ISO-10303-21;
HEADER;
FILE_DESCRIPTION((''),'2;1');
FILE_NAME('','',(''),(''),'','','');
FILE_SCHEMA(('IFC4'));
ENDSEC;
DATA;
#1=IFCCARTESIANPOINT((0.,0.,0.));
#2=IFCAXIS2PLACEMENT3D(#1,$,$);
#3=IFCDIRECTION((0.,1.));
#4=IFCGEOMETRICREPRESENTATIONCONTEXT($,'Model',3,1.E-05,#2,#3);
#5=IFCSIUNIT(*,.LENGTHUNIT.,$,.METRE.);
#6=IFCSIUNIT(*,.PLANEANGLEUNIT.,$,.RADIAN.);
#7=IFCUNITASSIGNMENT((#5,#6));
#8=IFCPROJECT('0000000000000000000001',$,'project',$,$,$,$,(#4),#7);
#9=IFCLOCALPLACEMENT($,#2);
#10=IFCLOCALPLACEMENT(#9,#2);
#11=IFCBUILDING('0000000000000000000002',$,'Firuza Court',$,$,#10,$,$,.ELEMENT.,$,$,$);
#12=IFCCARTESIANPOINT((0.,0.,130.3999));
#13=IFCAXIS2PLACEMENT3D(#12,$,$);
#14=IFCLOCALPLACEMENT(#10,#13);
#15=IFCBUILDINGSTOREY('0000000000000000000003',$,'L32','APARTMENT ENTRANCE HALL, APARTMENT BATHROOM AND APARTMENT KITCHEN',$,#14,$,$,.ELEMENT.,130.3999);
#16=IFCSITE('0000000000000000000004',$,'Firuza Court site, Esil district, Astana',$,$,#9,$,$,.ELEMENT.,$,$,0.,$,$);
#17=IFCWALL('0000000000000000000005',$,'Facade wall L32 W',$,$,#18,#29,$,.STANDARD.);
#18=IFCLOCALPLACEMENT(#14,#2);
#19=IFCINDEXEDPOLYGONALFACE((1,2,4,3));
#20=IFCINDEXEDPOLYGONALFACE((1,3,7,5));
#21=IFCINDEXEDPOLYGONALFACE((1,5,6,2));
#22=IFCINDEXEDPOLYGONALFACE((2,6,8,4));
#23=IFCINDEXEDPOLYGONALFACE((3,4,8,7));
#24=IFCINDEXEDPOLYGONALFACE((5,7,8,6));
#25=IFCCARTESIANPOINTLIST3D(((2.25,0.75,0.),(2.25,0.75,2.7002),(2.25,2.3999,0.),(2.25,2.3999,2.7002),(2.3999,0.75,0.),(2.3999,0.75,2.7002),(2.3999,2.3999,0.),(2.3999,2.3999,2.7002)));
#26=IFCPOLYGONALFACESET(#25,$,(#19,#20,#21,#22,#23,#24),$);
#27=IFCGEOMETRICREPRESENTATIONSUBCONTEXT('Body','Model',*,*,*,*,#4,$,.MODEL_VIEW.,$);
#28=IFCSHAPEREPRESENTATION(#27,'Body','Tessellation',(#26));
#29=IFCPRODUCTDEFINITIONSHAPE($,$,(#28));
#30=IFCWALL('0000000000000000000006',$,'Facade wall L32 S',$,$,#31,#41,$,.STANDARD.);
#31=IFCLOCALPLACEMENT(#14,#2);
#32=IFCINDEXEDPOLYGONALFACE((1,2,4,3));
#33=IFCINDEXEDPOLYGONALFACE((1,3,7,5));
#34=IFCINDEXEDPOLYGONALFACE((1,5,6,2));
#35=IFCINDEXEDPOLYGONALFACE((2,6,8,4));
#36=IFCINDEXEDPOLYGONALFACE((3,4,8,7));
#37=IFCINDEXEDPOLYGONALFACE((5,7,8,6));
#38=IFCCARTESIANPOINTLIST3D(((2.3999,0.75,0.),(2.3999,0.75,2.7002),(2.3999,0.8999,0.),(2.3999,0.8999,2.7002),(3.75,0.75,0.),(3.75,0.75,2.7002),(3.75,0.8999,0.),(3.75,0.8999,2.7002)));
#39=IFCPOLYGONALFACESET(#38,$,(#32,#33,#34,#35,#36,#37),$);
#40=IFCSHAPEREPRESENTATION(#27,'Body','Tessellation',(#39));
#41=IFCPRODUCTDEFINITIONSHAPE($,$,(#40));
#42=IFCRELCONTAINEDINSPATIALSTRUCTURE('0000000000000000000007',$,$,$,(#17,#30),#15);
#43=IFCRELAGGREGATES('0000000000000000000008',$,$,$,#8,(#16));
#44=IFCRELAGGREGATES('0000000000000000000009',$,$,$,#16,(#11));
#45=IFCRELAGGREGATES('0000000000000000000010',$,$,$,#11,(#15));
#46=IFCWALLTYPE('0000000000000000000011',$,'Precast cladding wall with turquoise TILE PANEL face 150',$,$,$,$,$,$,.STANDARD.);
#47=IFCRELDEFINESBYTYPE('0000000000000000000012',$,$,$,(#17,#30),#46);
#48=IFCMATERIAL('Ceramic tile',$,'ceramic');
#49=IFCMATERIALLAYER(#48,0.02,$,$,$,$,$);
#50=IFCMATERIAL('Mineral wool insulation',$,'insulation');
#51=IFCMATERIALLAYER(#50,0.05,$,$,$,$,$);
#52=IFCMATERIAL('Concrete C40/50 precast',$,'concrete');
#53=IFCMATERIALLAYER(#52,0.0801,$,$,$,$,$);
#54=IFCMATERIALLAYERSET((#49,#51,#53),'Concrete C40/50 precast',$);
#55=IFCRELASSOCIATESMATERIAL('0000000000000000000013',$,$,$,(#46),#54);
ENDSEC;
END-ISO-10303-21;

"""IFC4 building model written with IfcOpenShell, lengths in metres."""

from ifc_helpers import new_model, si_unit, direction, frame, frame_2d, origin, place, context, subcontext, project, spatial, rectangle, extrude, material, layer, layer_set, type_object, element, save


model = new_model("IFC4")

# Units and contexts
model_context = context("Model", 3, precision=1e-05, world=origin(), true_north=direction((0.0, 1.0)))
body_context = subcontext(model_context, "Body", "Model", "MODEL_VIEW")
ifc_project = project(units=[si_unit("LENGTHUNIT", "METRE"), si_unit("PLANEANGLEUNIT", "RADIAN")], contexts=[model_context])

# Site, building, storey
site_placement = place(None, origin())
site = spatial("IfcSite", under=ifc_project, at=site_placement, Name="Firuza Court site, Esil district, Astana", CompositionType="ELEMENT", RefElevation=0.0)
building_placement = place(site_placement, origin())
building = spatial("IfcBuilding", under=site, at=building_placement, Name="Firuza Court", CompositionType="ELEMENT")
storey_placement = place(building_placement, frame((0.0, 0.0, 130.3999)))
storey = spatial("IfcBuildingStorey", under=building, at=storey_placement, Name="L32", Description="APARTMENT ENTRANCE HALL, APARTMENT BATHROOM AND APARTMENT KITCHEN", CompositionType="ELEMENT", Elevation=130.3999)

# Shared definitions
ifc_material_1 = material(Name="Concrete C40/50 precast", Category="concrete")

# Walls
ifc_material_2 = material(Name="Ceramic tile", Category="ceramic")
ifc_layer_1 = layer(ifc_material_2, 0.02)
ifc_material_3 = material(Name="Mineral wool insulation", Category="insulation")
ifc_layer_2 = layer(ifc_material_3, 0.05)
ifc_layer_3 = layer(ifc_material_1, 0.0801)
ifc_layer_set_1 = layer_set([ifc_layer_1, ifc_layer_2, ifc_layer_3], Name="Concrete C40/50 precast")
wall_type_1 = type_object("IfcWallType", Name="Precast cladding wall with turquoise TILE PANEL face 150", PredefinedType="STANDARD", material=ifc_layer_set_1)
wall_1_placement = place(storey_placement, frame((2.325, 2.3999, 0.0), z_axis=(0.0, 0.0, 1.0), x_axis=(0.0, -1.0, 0.0)))
element("IfcWall", 1, at=wall_1_placement, inside=storey, type_object=wall_type_1, Name="Facade wall L32 W", PredefinedType="STANDARD", context=body_context, shape_type="SweptSolid", body=[
    extrude(rectangle(XDim=1.6499, YDim=0.1499, at=frame_2d((0.825, 0.0))), origin(), (0.0, 0.0, 1.0), 2.7002),
])
wall_2_placement = place(storey_placement, frame((2.3999, 0.825, 0.0), z_axis=(0.0, 0.0, 1.0), x_axis=(1.0, 0.0, 0.0)))
element("IfcWall", 2, at=wall_2_placement, inside=storey, type_object=wall_type_1, Name="Facade wall L32 S", PredefinedType="STANDARD", context=body_context, shape_type="SweptSolid", body=[
    extrude(rectangle(XDim=1.3501, YDim=0.1499, at=frame_2d((0.675, 0.0))), origin(), (0.0, 0.0, 1.0), 2.7002),
])

save(model, "model.ifc")
